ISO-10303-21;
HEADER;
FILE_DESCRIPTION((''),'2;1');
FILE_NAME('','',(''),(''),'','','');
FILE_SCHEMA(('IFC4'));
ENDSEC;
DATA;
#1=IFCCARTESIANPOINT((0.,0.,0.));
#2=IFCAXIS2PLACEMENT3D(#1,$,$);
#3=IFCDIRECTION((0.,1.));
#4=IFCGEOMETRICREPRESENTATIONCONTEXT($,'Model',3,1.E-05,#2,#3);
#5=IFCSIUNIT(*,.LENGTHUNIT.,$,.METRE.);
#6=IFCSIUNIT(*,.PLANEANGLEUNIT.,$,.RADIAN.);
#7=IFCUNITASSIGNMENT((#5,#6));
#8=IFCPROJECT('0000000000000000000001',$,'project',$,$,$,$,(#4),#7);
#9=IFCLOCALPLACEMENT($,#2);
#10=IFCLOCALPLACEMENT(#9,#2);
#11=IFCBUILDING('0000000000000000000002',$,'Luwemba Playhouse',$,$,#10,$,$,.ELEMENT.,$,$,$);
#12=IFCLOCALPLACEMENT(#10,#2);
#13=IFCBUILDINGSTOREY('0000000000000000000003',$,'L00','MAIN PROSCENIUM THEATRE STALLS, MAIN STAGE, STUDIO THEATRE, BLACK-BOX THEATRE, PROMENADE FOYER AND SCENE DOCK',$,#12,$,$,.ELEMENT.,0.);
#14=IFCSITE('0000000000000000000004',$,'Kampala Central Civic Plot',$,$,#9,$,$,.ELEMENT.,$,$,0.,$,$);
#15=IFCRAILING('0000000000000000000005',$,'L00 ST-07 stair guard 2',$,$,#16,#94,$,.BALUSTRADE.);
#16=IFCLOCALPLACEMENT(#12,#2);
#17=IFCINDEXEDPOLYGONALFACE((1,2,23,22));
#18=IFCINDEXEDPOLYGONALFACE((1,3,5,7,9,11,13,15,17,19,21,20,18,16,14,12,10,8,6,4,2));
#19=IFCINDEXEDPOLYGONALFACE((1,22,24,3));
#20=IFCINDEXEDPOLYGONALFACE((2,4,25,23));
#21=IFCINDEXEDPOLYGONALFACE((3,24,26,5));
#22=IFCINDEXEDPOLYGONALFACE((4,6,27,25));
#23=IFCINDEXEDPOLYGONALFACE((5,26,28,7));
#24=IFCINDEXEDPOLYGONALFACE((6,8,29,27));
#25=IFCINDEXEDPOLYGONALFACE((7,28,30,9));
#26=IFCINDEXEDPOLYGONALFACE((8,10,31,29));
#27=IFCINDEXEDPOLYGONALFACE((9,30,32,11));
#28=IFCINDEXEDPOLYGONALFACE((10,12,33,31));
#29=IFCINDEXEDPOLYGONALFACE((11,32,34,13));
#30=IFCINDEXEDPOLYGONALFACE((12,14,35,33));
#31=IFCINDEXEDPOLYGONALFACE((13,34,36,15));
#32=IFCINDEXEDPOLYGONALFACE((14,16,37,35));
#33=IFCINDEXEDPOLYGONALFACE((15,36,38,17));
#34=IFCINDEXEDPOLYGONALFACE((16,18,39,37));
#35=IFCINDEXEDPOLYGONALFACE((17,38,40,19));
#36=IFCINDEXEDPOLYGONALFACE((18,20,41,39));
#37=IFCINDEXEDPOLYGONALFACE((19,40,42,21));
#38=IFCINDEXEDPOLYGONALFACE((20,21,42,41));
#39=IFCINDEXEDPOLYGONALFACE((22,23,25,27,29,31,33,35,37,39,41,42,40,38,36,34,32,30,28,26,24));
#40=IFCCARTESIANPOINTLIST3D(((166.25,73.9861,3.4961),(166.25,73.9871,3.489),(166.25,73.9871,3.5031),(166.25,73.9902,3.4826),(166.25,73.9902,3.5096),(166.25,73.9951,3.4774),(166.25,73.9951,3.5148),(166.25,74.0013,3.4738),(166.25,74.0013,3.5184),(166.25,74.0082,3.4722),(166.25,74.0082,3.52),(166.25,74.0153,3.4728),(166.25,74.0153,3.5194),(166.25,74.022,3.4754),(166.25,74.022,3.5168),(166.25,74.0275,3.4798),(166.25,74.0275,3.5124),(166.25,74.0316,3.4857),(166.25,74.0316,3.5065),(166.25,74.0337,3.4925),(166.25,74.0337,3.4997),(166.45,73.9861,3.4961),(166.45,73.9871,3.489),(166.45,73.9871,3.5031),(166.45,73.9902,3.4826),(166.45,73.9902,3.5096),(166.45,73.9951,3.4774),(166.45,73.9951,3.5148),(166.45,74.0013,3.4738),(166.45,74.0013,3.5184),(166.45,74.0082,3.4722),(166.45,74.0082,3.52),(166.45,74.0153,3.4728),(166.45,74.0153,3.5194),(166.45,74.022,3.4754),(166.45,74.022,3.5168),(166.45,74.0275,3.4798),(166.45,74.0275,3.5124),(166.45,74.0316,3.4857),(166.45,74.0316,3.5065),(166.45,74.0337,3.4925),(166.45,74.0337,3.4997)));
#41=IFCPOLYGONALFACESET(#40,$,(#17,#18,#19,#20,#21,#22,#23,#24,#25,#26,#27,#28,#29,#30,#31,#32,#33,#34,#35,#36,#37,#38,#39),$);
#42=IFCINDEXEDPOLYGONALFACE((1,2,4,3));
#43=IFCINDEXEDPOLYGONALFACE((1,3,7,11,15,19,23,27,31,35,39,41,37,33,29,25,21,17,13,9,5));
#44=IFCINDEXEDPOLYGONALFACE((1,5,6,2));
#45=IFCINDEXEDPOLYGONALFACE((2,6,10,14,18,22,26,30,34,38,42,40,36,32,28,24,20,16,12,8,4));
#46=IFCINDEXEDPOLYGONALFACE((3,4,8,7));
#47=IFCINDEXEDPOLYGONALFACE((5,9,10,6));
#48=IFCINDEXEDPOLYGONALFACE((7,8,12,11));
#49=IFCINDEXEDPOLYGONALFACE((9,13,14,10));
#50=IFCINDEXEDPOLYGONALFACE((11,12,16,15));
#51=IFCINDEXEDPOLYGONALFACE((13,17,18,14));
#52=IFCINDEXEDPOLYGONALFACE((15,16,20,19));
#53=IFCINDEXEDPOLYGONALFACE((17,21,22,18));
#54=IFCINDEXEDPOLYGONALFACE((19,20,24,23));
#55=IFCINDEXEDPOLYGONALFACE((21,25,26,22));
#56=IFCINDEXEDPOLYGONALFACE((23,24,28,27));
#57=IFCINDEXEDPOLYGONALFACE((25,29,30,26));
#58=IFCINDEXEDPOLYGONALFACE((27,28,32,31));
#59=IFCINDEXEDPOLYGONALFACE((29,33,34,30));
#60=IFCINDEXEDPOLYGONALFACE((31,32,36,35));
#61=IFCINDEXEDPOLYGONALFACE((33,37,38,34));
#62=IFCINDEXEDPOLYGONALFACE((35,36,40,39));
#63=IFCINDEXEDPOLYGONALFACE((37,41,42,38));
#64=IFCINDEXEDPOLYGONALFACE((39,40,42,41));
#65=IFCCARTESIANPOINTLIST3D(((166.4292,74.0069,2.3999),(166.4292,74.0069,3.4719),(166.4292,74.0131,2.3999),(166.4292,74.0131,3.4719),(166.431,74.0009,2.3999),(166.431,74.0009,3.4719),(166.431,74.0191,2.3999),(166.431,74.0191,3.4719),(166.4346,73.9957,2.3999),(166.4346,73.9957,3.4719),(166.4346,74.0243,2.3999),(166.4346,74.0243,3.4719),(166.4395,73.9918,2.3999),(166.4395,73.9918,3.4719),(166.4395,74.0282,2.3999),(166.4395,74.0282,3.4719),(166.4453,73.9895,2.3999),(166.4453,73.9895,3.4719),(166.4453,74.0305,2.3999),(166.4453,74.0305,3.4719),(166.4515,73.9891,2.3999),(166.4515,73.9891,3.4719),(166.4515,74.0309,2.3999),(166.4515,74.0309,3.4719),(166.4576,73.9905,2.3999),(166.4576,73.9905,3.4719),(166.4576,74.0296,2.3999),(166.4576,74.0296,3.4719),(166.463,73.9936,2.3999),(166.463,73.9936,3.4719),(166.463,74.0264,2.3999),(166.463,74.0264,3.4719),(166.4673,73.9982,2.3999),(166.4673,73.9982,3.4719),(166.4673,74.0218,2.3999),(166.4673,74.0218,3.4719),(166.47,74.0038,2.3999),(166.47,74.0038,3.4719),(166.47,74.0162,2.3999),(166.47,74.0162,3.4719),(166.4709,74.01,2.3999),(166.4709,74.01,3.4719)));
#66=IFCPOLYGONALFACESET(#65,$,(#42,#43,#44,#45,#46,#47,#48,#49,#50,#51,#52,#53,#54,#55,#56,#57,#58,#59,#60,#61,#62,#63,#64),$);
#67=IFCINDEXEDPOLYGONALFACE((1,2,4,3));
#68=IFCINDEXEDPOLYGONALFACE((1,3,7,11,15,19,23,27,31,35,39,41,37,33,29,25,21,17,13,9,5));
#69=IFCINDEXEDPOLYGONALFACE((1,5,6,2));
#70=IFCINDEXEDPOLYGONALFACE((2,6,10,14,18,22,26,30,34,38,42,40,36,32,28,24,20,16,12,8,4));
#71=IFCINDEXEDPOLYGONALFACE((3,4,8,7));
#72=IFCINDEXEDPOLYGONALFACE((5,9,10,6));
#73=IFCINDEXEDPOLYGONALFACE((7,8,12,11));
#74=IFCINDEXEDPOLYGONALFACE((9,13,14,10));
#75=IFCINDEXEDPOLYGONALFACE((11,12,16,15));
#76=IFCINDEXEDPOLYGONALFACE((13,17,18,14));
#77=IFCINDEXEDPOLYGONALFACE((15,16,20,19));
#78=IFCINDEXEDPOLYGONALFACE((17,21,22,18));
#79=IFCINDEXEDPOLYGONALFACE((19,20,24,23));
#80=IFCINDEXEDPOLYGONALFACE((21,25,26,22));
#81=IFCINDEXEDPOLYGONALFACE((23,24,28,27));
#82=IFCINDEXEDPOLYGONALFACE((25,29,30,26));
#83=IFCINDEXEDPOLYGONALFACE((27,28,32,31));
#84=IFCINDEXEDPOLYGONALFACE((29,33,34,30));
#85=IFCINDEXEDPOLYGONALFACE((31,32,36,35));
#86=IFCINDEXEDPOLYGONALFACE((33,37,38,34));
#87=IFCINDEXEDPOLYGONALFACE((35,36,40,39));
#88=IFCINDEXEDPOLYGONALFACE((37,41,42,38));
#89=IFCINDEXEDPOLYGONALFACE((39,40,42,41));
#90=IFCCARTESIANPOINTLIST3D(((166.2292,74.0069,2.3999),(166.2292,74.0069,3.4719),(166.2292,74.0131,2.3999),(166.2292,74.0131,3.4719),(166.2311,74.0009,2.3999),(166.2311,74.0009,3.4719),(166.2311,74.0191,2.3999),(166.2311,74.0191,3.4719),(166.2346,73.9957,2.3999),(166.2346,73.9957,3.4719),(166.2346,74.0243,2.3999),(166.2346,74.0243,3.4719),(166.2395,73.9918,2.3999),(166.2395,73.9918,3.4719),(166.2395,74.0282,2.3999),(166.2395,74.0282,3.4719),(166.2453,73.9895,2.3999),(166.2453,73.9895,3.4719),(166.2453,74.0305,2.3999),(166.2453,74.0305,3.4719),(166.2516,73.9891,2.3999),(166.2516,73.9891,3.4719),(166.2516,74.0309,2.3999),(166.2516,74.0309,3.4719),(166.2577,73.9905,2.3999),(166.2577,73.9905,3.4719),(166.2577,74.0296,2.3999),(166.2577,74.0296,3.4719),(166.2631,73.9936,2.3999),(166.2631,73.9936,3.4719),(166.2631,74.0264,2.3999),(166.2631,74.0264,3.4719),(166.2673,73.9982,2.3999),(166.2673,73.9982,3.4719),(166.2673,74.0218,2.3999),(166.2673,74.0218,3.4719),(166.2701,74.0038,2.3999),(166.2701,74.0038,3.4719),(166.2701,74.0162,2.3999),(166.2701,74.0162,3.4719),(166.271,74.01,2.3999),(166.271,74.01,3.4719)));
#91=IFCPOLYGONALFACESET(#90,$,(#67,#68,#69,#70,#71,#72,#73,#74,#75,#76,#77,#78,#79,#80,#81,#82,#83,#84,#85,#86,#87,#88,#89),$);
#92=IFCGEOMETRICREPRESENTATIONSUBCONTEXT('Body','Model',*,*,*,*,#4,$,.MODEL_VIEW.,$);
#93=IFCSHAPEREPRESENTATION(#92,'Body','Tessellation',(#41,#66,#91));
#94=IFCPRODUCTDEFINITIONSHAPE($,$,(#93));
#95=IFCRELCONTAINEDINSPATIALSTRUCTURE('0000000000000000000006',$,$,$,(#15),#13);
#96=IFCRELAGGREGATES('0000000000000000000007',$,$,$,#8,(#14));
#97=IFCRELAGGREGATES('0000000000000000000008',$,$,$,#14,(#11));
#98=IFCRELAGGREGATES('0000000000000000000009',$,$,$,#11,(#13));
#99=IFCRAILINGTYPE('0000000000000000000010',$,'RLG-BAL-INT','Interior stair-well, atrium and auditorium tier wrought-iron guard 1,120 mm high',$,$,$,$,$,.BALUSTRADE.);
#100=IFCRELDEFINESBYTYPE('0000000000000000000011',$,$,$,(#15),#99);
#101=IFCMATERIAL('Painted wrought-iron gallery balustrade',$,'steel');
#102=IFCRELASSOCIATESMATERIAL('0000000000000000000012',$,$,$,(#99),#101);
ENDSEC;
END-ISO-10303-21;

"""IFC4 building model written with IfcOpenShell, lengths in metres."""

from ifc_helpers import new_model, si_unit, direction, frame, origin, origin_2d, place, context, subcontext, project, spatial, circle, extrude, material, type_object, element, save


model = new_model("IFC4")

# Units and contexts
model_context = context("Model", 3, precision=1e-05, world=origin(), true_north=direction((0.0, 1.0)))
body_context = subcontext(model_context, "Body", "Model", "MODEL_VIEW")
ifc_project = project(units=[si_unit("LENGTHUNIT", "METRE"), si_unit("PLANEANGLEUNIT", "RADIAN")], contexts=[model_context])

# Site, building, storey
site_placement = place(None, origin())
site = spatial("IfcSite", under=ifc_project, at=site_placement, Name="Kampala Central Civic Plot", CompositionType="ELEMENT", RefElevation=0.0)
building_placement = place(site_placement, origin())
building = spatial("IfcBuilding", under=site, at=building_placement, Name="Luwemba Playhouse", CompositionType="ELEMENT")
storey_placement = place(building_placement, origin())
storey = spatial("IfcBuildingStorey", under=building, at=storey_placement, Name="L00", Description="MAIN PROSCENIUM THEATRE STALLS, MAIN STAGE, STUDIO THEATRE, BLACK-BOX THEATRE, PROMENADE FOYER AND SCENE DOCK", CompositionType="ELEMENT", Elevation=0.0)

# Railing
ifc_material_1 = material(Name="Painted wrought-iron gallery balustrade", Category="steel")
railing_type_1 = type_object("IfcRailingType", Name="RLG-BAL-INT", Description="Interior stair-well, atrium and auditorium tier wrought-iron guard 1,120 mm high", PredefinedType="BALUSTRADE", material=ifc_material_1)
railing_1_placement = place(storey_placement, frame((166.45, 74.01, 2.3999)))
element("IfcRailing", 1, at=railing_1_placement, inside=storey, type_object=railing_type_1, Name="L00 ST-07 stair guard 2", PredefinedType="BALUSTRADE", context=body_context, shape_type="SweptSolid", body=[
    extrude(circle(Radius=0.0239, at=origin_2d()), frame((0.0, 0.0, 1.0962), z_axis=(-1.0, 0.0, 0.0), x_axis=(0.0, -1.0, 0.0)), (0.0, 0.0, 1.0), 0.2),
    extrude(circle(Radius=0.021, at=origin_2d()), origin(), (0.0, 0.0, 1.0), 1.072),
    extrude(circle(Radius=0.021, at=origin_2d()), frame((-0.2, 0.0, 0.0)), (0.0, 0.0, 1.0), 1.072),
])

save(model, "model.ifc")
